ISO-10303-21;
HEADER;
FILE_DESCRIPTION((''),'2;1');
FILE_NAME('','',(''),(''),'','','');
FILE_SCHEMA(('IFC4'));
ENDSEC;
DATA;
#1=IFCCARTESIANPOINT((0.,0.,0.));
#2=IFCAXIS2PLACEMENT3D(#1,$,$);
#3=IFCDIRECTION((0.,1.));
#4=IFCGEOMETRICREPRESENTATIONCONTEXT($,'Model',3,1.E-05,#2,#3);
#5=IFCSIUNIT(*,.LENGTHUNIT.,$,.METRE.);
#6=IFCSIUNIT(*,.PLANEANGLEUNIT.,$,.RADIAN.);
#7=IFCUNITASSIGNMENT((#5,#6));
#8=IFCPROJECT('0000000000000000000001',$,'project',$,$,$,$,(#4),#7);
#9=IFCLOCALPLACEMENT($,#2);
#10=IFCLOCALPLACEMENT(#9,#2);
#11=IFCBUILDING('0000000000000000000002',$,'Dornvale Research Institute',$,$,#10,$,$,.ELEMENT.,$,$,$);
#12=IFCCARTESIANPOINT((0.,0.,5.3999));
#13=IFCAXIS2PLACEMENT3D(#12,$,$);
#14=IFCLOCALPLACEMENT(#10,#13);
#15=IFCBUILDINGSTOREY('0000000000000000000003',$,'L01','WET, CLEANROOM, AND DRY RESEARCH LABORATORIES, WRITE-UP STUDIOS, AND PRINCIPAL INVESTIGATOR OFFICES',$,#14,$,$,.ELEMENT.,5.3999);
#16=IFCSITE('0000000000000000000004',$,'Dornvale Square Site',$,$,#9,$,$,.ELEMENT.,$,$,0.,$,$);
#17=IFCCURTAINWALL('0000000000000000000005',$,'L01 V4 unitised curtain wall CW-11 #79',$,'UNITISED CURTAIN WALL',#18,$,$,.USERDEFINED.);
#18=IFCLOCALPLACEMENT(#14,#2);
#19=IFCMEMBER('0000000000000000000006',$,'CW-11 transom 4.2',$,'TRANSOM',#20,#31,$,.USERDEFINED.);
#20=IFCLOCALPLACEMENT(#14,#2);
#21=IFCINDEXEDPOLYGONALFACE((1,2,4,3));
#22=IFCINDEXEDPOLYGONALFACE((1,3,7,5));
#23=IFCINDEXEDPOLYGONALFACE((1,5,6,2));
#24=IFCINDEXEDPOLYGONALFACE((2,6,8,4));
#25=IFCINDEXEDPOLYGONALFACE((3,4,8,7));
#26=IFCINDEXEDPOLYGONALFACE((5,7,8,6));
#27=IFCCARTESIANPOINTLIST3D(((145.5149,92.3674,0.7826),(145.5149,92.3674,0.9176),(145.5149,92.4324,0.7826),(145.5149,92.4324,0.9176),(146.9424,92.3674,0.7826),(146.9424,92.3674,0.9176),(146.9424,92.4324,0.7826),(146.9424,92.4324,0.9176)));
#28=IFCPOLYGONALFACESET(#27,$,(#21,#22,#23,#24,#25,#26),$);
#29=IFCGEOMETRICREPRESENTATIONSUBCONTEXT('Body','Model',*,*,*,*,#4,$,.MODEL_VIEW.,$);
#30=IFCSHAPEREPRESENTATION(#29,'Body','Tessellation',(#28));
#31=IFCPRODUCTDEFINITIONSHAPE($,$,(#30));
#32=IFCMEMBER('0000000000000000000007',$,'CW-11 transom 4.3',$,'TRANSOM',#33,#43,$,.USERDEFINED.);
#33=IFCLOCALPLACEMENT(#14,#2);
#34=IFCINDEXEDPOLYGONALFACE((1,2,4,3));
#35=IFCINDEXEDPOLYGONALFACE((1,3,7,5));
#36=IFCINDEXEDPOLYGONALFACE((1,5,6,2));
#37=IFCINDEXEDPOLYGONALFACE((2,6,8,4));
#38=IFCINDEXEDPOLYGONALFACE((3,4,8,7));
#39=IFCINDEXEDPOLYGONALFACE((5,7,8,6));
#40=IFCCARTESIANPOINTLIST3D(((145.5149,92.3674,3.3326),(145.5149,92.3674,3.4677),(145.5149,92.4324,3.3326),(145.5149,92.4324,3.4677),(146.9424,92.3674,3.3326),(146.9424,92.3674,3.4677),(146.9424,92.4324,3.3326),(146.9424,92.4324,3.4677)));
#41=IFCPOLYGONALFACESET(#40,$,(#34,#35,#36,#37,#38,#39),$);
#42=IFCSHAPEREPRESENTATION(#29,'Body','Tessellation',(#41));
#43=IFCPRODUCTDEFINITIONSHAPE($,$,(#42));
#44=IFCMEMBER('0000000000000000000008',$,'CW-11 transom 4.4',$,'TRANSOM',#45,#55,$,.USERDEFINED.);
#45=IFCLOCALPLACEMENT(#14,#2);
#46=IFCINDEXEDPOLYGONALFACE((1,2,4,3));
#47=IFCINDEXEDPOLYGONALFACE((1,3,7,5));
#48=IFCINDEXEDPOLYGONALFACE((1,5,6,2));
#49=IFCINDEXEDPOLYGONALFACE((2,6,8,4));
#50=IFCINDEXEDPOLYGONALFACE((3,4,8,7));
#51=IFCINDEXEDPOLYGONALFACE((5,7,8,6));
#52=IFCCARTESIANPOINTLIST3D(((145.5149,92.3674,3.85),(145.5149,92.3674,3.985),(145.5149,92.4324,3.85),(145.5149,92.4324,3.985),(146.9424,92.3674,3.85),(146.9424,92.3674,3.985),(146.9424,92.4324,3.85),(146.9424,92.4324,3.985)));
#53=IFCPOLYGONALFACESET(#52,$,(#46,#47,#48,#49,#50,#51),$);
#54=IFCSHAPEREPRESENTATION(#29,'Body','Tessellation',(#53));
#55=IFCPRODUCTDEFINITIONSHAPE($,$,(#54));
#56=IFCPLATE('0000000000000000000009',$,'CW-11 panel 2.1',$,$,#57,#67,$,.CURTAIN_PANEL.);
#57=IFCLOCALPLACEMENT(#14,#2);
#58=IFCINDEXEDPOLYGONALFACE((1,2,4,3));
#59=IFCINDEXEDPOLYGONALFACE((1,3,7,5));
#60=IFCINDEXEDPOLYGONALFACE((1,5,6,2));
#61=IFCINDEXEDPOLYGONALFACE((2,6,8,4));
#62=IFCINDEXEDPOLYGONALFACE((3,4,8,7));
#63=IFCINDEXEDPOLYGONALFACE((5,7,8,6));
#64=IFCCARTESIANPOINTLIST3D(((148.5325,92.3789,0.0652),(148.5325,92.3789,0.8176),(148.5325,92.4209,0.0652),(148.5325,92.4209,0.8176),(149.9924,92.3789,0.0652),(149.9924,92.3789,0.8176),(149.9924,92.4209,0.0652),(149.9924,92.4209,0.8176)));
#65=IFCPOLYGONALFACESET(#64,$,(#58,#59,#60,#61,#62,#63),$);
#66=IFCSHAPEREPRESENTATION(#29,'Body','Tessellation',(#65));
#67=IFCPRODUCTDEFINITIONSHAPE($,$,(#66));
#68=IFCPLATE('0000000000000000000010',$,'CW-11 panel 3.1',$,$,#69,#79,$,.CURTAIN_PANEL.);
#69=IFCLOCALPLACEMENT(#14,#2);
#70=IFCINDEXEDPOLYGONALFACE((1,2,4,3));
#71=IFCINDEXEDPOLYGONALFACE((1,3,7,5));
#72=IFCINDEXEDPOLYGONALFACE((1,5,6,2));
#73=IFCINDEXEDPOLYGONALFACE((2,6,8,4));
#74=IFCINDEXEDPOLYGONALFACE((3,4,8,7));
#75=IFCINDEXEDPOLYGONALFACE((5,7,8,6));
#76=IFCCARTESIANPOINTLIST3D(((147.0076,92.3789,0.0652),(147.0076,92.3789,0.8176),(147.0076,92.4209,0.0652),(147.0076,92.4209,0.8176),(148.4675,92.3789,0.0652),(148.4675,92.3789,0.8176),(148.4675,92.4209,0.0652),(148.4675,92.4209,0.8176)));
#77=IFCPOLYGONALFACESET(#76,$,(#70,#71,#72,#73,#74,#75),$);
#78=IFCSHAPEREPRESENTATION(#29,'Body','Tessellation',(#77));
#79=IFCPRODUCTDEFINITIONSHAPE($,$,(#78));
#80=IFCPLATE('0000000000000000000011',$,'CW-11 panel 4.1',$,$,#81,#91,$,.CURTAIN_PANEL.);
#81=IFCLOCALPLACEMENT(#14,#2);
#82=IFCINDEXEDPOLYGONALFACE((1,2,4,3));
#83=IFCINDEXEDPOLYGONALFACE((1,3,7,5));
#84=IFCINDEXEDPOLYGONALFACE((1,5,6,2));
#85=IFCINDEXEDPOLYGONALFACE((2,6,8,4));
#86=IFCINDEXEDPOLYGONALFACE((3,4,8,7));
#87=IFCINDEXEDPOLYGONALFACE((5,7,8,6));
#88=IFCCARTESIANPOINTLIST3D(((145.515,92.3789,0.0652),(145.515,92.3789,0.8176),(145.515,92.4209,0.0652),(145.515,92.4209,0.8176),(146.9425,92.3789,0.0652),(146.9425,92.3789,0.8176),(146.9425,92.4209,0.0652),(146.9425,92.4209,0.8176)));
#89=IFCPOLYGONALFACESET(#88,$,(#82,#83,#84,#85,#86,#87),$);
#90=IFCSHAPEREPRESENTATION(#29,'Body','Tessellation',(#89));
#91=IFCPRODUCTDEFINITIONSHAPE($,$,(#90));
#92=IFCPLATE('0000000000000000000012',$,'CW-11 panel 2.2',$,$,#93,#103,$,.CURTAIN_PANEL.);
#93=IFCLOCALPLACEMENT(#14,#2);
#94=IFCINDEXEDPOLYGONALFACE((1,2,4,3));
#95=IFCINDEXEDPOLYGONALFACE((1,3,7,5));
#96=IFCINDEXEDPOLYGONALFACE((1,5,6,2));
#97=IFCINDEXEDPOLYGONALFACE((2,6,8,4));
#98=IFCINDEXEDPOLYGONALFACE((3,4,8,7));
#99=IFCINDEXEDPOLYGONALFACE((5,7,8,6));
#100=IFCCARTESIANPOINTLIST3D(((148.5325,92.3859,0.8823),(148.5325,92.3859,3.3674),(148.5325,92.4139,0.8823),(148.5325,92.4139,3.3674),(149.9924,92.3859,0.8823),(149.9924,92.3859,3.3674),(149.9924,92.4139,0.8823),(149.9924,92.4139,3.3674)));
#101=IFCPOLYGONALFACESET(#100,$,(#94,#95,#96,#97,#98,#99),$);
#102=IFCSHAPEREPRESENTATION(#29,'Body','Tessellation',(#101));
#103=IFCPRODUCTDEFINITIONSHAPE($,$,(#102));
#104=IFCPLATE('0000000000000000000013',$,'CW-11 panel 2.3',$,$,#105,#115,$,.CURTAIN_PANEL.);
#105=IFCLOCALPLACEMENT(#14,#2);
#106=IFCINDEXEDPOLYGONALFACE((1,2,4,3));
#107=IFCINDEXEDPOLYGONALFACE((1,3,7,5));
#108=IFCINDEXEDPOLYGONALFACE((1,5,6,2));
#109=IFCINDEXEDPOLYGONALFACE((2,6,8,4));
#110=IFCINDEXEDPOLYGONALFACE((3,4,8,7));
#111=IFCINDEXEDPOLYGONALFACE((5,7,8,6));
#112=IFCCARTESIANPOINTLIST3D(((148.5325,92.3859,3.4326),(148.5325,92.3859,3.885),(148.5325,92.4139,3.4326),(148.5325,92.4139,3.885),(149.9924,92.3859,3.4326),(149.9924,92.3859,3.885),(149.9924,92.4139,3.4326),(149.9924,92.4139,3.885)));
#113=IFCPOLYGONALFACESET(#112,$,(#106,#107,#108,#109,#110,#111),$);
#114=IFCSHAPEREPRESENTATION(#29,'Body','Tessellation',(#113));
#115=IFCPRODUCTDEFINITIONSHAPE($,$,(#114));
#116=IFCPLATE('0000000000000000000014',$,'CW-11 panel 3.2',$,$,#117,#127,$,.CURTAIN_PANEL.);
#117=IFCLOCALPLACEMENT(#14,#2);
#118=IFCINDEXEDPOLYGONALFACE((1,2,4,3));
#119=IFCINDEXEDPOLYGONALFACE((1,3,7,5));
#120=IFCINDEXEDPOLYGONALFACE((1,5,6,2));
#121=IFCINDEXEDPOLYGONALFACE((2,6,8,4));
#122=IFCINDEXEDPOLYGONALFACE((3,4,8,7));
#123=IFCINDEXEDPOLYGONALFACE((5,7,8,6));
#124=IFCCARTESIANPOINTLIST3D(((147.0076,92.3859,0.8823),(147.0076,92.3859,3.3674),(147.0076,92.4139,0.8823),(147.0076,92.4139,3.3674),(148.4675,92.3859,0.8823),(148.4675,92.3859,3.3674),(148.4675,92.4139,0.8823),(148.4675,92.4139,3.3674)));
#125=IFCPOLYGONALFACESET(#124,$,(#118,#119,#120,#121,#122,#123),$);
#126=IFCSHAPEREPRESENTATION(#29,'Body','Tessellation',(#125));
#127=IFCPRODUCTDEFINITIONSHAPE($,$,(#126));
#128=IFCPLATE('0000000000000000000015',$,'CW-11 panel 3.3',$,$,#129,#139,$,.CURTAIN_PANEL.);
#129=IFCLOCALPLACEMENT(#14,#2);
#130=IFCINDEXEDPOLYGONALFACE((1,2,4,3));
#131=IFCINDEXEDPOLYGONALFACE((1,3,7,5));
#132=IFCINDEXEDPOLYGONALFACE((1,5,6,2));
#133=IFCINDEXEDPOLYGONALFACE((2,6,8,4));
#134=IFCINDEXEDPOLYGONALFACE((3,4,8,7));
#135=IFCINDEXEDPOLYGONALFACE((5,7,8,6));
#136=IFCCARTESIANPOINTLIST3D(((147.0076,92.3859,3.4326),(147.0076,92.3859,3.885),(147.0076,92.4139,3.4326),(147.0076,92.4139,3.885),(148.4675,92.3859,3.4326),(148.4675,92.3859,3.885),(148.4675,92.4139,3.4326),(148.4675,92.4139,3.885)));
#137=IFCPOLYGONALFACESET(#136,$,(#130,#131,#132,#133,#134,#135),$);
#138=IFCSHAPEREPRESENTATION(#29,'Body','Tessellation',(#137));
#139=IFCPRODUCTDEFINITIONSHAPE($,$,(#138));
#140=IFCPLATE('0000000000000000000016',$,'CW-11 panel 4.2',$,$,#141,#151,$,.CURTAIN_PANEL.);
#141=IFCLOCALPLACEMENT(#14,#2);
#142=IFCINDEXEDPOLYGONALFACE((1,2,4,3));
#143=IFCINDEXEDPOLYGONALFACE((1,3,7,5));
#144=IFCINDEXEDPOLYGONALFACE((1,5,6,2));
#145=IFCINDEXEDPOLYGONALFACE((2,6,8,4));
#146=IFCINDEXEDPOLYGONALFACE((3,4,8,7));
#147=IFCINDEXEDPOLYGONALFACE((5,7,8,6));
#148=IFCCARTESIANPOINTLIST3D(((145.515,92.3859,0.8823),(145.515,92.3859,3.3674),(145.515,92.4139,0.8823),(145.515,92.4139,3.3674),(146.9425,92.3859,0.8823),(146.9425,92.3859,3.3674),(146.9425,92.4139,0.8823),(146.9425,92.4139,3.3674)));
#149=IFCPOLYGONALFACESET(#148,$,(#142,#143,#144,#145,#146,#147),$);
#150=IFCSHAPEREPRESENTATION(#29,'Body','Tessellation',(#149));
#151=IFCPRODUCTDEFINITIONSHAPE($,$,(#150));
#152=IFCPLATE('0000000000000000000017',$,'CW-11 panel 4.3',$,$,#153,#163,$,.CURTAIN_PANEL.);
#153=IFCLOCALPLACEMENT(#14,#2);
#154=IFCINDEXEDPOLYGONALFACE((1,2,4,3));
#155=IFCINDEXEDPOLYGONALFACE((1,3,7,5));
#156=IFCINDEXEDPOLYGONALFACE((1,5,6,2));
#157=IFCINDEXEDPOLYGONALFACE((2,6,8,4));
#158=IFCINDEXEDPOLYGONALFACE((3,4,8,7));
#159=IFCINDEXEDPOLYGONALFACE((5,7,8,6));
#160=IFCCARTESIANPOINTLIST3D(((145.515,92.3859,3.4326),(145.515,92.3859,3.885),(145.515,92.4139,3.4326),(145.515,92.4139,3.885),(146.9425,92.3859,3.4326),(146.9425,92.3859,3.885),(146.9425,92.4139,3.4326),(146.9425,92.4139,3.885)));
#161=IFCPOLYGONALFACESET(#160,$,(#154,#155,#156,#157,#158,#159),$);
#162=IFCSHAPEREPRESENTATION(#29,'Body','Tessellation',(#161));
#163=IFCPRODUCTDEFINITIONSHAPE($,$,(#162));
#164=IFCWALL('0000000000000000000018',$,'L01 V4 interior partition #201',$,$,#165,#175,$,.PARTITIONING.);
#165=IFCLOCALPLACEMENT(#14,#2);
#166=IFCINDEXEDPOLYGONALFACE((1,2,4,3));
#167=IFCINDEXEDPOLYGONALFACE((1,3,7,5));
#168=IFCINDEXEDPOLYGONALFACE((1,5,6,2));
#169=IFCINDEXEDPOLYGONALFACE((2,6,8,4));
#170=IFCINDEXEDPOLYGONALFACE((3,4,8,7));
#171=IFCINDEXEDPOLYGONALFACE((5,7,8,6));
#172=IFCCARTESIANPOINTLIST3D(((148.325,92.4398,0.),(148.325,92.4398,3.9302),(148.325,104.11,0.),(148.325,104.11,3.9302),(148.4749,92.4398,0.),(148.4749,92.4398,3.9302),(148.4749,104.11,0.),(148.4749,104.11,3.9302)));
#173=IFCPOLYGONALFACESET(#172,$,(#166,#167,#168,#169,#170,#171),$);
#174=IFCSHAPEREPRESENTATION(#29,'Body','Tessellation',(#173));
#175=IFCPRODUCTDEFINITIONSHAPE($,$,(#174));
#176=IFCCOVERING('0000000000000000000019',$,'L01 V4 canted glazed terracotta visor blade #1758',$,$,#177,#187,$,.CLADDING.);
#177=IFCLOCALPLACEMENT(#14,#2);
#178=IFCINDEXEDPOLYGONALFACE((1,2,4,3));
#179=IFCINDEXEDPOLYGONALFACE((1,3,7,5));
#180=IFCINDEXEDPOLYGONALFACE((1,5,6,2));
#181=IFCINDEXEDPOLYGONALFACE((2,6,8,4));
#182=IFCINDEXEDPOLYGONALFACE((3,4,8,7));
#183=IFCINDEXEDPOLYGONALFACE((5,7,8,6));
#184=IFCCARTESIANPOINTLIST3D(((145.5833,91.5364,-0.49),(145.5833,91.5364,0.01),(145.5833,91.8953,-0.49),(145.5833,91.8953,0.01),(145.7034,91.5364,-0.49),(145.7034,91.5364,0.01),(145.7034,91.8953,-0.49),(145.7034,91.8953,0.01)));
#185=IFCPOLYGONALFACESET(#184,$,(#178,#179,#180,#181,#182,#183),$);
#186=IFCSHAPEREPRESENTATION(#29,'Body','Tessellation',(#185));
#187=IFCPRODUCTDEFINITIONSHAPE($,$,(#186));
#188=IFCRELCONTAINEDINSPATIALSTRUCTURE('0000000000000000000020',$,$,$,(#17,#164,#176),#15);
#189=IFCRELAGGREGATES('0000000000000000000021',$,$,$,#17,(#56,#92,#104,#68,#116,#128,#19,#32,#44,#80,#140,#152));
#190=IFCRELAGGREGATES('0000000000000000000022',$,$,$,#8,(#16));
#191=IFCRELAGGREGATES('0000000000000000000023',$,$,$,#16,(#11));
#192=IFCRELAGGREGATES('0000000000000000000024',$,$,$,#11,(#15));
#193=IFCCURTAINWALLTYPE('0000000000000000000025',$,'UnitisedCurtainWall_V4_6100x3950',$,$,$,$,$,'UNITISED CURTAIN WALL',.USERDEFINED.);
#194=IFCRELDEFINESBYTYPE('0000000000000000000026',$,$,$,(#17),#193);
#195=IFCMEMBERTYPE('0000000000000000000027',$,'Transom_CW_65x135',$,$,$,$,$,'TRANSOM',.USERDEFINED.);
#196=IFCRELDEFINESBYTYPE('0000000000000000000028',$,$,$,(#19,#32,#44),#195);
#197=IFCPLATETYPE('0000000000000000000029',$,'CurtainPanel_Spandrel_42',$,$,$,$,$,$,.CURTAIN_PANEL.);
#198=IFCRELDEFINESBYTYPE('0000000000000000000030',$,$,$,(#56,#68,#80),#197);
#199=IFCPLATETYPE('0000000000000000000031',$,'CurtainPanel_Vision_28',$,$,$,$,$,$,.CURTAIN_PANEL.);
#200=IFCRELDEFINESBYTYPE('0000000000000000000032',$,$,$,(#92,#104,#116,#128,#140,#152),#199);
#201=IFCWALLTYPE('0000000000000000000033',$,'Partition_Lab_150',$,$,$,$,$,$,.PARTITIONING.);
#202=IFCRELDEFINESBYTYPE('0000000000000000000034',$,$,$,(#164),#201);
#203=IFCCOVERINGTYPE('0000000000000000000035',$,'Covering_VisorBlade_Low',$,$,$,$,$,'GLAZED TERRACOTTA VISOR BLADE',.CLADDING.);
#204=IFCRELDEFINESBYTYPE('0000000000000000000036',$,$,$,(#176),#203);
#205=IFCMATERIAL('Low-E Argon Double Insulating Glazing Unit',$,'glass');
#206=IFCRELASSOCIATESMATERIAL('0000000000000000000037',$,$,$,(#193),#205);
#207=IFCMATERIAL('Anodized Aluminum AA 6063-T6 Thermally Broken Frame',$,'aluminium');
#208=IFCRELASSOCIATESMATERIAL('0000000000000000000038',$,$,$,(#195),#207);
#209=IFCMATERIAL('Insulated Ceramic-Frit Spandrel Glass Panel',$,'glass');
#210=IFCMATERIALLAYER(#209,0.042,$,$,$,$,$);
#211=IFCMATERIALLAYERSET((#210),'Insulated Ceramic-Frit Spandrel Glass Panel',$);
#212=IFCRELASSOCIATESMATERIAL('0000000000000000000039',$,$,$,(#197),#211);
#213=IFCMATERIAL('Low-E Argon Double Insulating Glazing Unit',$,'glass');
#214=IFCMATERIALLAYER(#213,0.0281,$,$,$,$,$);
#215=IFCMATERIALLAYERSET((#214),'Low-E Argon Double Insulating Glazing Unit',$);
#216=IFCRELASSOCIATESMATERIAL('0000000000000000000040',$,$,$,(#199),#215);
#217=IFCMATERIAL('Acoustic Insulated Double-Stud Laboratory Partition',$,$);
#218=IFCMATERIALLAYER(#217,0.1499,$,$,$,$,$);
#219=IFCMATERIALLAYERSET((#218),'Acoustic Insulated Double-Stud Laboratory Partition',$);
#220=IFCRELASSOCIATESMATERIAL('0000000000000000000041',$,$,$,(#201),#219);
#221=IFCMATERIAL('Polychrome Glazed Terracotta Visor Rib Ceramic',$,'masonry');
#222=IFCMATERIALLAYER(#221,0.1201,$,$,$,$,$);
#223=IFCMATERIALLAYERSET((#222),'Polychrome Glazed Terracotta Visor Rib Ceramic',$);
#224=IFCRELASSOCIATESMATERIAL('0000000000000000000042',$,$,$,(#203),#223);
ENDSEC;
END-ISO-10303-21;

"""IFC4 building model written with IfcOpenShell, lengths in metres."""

from ifc_helpers import new_model, si_unit, direction, frame, frame_2d, origin, origin_2d, place, context, subcontext, project, spatial, rectangle, extrude, material, layer, layer_set, material_profile, profile_set, type_object, element, aggregate, save


model = new_model("IFC4")

# Units and contexts
model_context = context("Model", 3, precision=1e-05, world=origin(), true_north=direction((0.0, 1.0)))
body_context = subcontext(model_context, "Body", "Model", "MODEL_VIEW")
ifc_project = project(units=[si_unit("LENGTHUNIT", "METRE"), si_unit("PLANEANGLEUNIT", "RADIAN")], contexts=[model_context])

# Site, building, storey
site_placement = place(None, origin())
site = spatial("IfcSite", under=ifc_project, at=site_placement, Name="Dornvale Square Site", CompositionType="ELEMENT", RefElevation=0.0)
building_placement = place(site_placement, origin())
building = spatial("IfcBuilding", under=site, at=building_placement, Name="Dornvale Research Institute", CompositionType="ELEMENT")
storey_placement = place(building_placement, frame((0.0, 0.0, 5.3999)))
storey = spatial("IfcBuildingStorey", under=building, at=storey_placement, Name="L01", Description="WET, CLEANROOM, AND DRY RESEARCH LABORATORIES, WRITE-UP STUDIOS, AND PRINCIPAL INVESTIGATOR OFFICES", CompositionType="ELEMENT", Elevation=5.3999)

# Curtain wall, members, plates
ifc_material_1 = material(Name="Low-E Argon Double Insulating Glazing Unit", Category="glass")
curtain_wall_type = type_object("IfcCurtainWallType", Name="UnitisedCurtainWall_V4_6100x3950", ElementType="UNITISED CURTAIN WALL", PredefinedType="USERDEFINED", material=ifc_material_1)
curtain_wall_placement = place(storey_placement, origin())
curtain_wall = element("IfcCurtainWall", 1, at=curtain_wall_placement, inside=storey, type_object=curtain_wall_type, Name="L01 V4 unitised curtain wall CW-11 #79", ObjectType="UNITISED CURTAIN WALL", PredefinedType="USERDEFINED")
ifc_material_2 = material(Name="Anodized Aluminum AA 6063-T6 Thermally Broken Frame", Category="aluminium")
ifc_material_profile_1 = material_profile(ifc_material_2, rectangle(XDim=0.0649, YDim=0.135, at=origin_2d()), Name="ALU TRANSOM 65x135")
ifc_profile_set_1 = profile_set([ifc_material_profile_1], Name="Anodized Aluminum AA 6063-T6 Thermally Broken Frame")
member_type_1 = type_object("IfcMemberType", Name="Transom_CW_65x135", ElementType="TRANSOM", PredefinedType="USERDEFINED", material=ifc_profile_set_1)
member_1_placement = place(storey_placement, frame((146.9424, 92.3999, 0.8501), z_axis=(-1.0, 0.0, 0.0), x_axis=(0.0, -1.0, 0.0)))
member_1 = element("IfcMember", 2, at=member_1_placement, type_object=member_type_1, Name="CW-11 transom 4.2", ObjectType="TRANSOM", PredefinedType="USERDEFINED", context=body_context, shape_type="SweptSolid", body=[
    extrude(rectangle(XDim=0.0649, YDim=0.135, at=origin_2d()), origin(), (0.0, 0.0, 1.0), 1.4275),
])
member_2_placement = place(storey_placement, frame((146.9424, 92.3999, 3.4001), z_axis=(-1.0, 0.0, 0.0), x_axis=(0.0, -1.0, 0.0)))
member_2 = element("IfcMember", 3, at=member_2_placement, type_object=member_type_1, Name="CW-11 transom 4.3", ObjectType="TRANSOM", PredefinedType="USERDEFINED", context=body_context, shape_type="SweptSolid", body=[
    extrude(rectangle(XDim=0.0649, YDim=0.135, at=origin_2d()), origin(), (0.0, 0.0, 1.0), 1.4275),
])
member_3_placement = place(storey_placement, frame((146.9424, 92.3999, 3.9175), z_axis=(-1.0, 0.0, 0.0), x_axis=(0.0, -1.0, 0.0)))
member_3 = element("IfcMember", 4, at=member_3_placement, type_object=member_type_1, Name="CW-11 transom 4.4", ObjectType="TRANSOM", PredefinedType="USERDEFINED", context=body_context, shape_type="SweptSolid", body=[
    extrude(rectangle(XDim=0.0649, YDim=0.135, at=origin_2d()), origin(), (0.0, 0.0, 1.0), 1.4275),
])
ifc_material_3 = material(Name="Insulated Ceramic-Frit Spandrel Glass Panel", Category="glass")
ifc_layer_1 = layer(ifc_material_3, 0.042)
ifc_layer_set_1 = layer_set([ifc_layer_1], Name="Insulated Ceramic-Frit Spandrel Glass Panel")
plate_type_1 = type_object("IfcPlateType", Name="CurtainPanel_Spandrel_42", PredefinedType="CURTAIN_PANEL", material=ifc_layer_set_1)
plate_1_placement = place(storey_placement, frame((149.2625, 92.3999, 0.0652), z_axis=(0.0, 0.0, 1.0), x_axis=(-1.0, 0.0, 0.0)))
plate_1 = element("IfcPlate", 5, at=plate_1_placement, type_object=plate_type_1, Name="CW-11 panel 2.1", PredefinedType="CURTAIN_PANEL", context=body_context, shape_type="SweptSolid", body=[
    extrude(rectangle(XDim=1.46, YDim=0.042, at=origin_2d()), origin(), (0.0, 0.0, 1.0), 0.7524),
])
plate_2_placement = place(storey_placement, frame((147.7375, 92.3999, 0.0652), z_axis=(0.0, 0.0, 1.0), x_axis=(-1.0, 0.0, 0.0)))
plate_2 = element("IfcPlate", 6, at=plate_2_placement, type_object=plate_type_1, Name="CW-11 panel 3.1", PredefinedType="CURTAIN_PANEL", context=body_context, shape_type="SweptSolid", body=[
    extrude(rectangle(XDim=1.46, YDim=0.042, at=origin_2d()), origin(), (0.0, 0.0, 1.0), 0.7524),
])
plate_3_placement = place(storey_placement, frame((146.2288, 92.3999, 0.0652), z_axis=(0.0, 0.0, 1.0), x_axis=(-1.0, 0.0, 0.0)))
plate_3 = element("IfcPlate", 7, at=plate_3_placement, type_object=plate_type_1, Name="CW-11 panel 4.1", PredefinedType="CURTAIN_PANEL", context=body_context, shape_type="SweptSolid", body=[
    extrude(rectangle(XDim=1.4275, YDim=0.042, at=origin_2d()), origin(), (0.0, 0.0, 1.0), 0.7524),
])
ifc_material_4 = material(Name="Low-E Argon Double Insulating Glazing Unit", Category="glass")
ifc_layer_2 = layer(ifc_material_4, 0.0281)
ifc_layer_set_2 = layer_set([ifc_layer_2], Name="Low-E Argon Double Insulating Glazing Unit")
plate_type_2 = type_object("IfcPlateType", Name="CurtainPanel_Vision_28", PredefinedType="CURTAIN_PANEL", material=ifc_layer_set_2)
plate_4_placement = place(storey_placement, frame((149.2625, 92.3999, 0.8823), z_axis=(0.0, 0.0, 1.0), x_axis=(-1.0, 0.0, 0.0)))
plate_4 = element("IfcPlate", 8, at=plate_4_placement, type_object=plate_type_2, Name="CW-11 panel 2.2", PredefinedType="CURTAIN_PANEL", context=body_context, shape_type="SweptSolid", body=[
    extrude(rectangle(XDim=1.46, YDim=0.0281, at=origin_2d()), origin(), (0.0, 0.0, 1.0), 2.4851),
])
plate_5_placement = place(storey_placement, frame((149.2625, 92.3999, 3.4326), z_axis=(0.0, 0.0, 1.0), x_axis=(-1.0, 0.0, 0.0)))
plate_5 = element("IfcPlate", 9, at=plate_5_placement, type_object=plate_type_2, Name="CW-11 panel 2.3", PredefinedType="CURTAIN_PANEL", context=body_context, shape_type="SweptSolid", body=[
    extrude(rectangle(XDim=1.46, YDim=0.0281, at=origin_2d()), origin(), (0.0, 0.0, 1.0), 0.4524),
])
plate_6_placement = place(storey_placement, frame((147.7375, 92.3999, 0.8823), z_axis=(0.0, 0.0, 1.0), x_axis=(-1.0, 0.0, 0.0)))
plate_6 = element("IfcPlate", 10, at=plate_6_placement, type_object=plate_type_2, Name="CW-11 panel 3.2", PredefinedType="CURTAIN_PANEL", context=body_context, shape_type="SweptSolid", body=[
    extrude(rectangle(XDim=1.46, YDim=0.0281, at=origin_2d()), origin(), (0.0, 0.0, 1.0), 2.4851),
])
plate_7_placement = place(storey_placement, frame((147.7375, 92.3999, 3.4326), z_axis=(0.0, 0.0, 1.0), x_axis=(-1.0, 0.0, 0.0)))
plate_7 = element("IfcPlate", 11, at=plate_7_placement, type_object=plate_type_2, Name="CW-11 panel 3.3", PredefinedType="CURTAIN_PANEL", context=body_context, shape_type="SweptSolid", body=[
    extrude(rectangle(XDim=1.46, YDim=0.0281, at=origin_2d()), origin(), (0.0, 0.0, 1.0), 0.4524),
])
plate_8_placement = place(storey_placement, frame((146.2288, 92.3999, 0.8823), z_axis=(0.0, 0.0, 1.0), x_axis=(-1.0, 0.0, 0.0)))
plate_8 = element("IfcPlate", 12, at=plate_8_placement, type_object=plate_type_2, Name="CW-11 panel 4.2", PredefinedType="CURTAIN_PANEL", context=body_context, shape_type="SweptSolid", body=[
    extrude(rectangle(XDim=1.4275, YDim=0.0281, at=origin_2d()), origin(), (0.0, 0.0, 1.0), 2.4851),
])
plate_9_placement = place(storey_placement, frame((146.2288, 92.3999, 3.4326), z_axis=(0.0, 0.0, 1.0), x_axis=(-1.0, 0.0, 0.0)))
plate_9 = element("IfcPlate", 13, at=plate_9_placement, type_object=plate_type_2, Name="CW-11 panel 4.3", PredefinedType="CURTAIN_PANEL", context=body_context, shape_type="SweptSolid", body=[
    extrude(rectangle(XDim=1.4275, YDim=0.0281, at=origin_2d()), origin(), (0.0, 0.0, 1.0), 0.4524),
])
aggregate(curtain_wall, [plate_1, plate_4, plate_5, plate_2, plate_6, plate_7, member_1, member_2, member_3, plate_3, plate_8, plate_9])

# Wall
ifc_material_5 = material(Name="Acoustic Insulated Double-Stud Laboratory Partition")
ifc_layer_3 = layer(ifc_material_5, 0.1499)
ifc_layer_set_3 = layer_set([ifc_layer_3], Name="Acoustic Insulated Double-Stud Laboratory Partition")
wall_type = type_object("IfcWallType", Name="Partition_Lab_150", PredefinedType="PARTITIONING", material=ifc_layer_set_3)
wall_placement = place(storey_placement, frame((148.3999, 92.4399, 0.0), z_axis=(0.0, 0.0, 1.0), x_axis=(0.0, 1.0, 0.0)))
element("IfcWall", 14, at=wall_placement, inside=storey, type_object=wall_type, Name="L01 V4 interior partition #201", PredefinedType="PARTITIONING", context=body_context, shape_type="SweptSolid", body=[
    extrude(rectangle(XDim=11.6702, YDim=0.1499, at=frame_2d((5.835, 0.0))), origin(), (0.0, 0.0, 1.0), 3.9302),
])

# Covering
ifc_material_6 = material(Name="Polychrome Glazed Terracotta Visor Rib Ceramic", Category="masonry")
ifc_layer_4 = layer(ifc_material_6, 0.1201)
ifc_layer_set_4 = layer_set([ifc_layer_4], Name="Polychrome Glazed Terracotta Visor Rib Ceramic")
covering_type = type_object("IfcCoveringType", Name="Covering_VisorBlade_Low", ElementType="GLAZED TERRACOTTA VISOR BLADE", PredefinedType="CLADDING", material=ifc_layer_set_4)
for number, where, z_axis, x_axis, name in (
    (15, (145.6433, 91.7158, -0.49), (0.0, 0.0, 1.0), (0.0, 1.0, 0.0), "L01 V4 canted glazed terracotta visor blade #1758"),
):
    element("IfcCovering", number, at=place(storey_placement, frame(where, z_axis=z_axis, x_axis=x_axis)), inside=storey, type_object=covering_type, Name=name, PredefinedType="CLADDING", context=body_context, shape_type="SweptSolid", body=[
        extrude(rectangle(XDim=0.3589, YDim=0.1201, at=origin_2d()), origin(), (0.0, 0.0, 1.0), 0.5),
    ])

save(model, "model.ifc")
